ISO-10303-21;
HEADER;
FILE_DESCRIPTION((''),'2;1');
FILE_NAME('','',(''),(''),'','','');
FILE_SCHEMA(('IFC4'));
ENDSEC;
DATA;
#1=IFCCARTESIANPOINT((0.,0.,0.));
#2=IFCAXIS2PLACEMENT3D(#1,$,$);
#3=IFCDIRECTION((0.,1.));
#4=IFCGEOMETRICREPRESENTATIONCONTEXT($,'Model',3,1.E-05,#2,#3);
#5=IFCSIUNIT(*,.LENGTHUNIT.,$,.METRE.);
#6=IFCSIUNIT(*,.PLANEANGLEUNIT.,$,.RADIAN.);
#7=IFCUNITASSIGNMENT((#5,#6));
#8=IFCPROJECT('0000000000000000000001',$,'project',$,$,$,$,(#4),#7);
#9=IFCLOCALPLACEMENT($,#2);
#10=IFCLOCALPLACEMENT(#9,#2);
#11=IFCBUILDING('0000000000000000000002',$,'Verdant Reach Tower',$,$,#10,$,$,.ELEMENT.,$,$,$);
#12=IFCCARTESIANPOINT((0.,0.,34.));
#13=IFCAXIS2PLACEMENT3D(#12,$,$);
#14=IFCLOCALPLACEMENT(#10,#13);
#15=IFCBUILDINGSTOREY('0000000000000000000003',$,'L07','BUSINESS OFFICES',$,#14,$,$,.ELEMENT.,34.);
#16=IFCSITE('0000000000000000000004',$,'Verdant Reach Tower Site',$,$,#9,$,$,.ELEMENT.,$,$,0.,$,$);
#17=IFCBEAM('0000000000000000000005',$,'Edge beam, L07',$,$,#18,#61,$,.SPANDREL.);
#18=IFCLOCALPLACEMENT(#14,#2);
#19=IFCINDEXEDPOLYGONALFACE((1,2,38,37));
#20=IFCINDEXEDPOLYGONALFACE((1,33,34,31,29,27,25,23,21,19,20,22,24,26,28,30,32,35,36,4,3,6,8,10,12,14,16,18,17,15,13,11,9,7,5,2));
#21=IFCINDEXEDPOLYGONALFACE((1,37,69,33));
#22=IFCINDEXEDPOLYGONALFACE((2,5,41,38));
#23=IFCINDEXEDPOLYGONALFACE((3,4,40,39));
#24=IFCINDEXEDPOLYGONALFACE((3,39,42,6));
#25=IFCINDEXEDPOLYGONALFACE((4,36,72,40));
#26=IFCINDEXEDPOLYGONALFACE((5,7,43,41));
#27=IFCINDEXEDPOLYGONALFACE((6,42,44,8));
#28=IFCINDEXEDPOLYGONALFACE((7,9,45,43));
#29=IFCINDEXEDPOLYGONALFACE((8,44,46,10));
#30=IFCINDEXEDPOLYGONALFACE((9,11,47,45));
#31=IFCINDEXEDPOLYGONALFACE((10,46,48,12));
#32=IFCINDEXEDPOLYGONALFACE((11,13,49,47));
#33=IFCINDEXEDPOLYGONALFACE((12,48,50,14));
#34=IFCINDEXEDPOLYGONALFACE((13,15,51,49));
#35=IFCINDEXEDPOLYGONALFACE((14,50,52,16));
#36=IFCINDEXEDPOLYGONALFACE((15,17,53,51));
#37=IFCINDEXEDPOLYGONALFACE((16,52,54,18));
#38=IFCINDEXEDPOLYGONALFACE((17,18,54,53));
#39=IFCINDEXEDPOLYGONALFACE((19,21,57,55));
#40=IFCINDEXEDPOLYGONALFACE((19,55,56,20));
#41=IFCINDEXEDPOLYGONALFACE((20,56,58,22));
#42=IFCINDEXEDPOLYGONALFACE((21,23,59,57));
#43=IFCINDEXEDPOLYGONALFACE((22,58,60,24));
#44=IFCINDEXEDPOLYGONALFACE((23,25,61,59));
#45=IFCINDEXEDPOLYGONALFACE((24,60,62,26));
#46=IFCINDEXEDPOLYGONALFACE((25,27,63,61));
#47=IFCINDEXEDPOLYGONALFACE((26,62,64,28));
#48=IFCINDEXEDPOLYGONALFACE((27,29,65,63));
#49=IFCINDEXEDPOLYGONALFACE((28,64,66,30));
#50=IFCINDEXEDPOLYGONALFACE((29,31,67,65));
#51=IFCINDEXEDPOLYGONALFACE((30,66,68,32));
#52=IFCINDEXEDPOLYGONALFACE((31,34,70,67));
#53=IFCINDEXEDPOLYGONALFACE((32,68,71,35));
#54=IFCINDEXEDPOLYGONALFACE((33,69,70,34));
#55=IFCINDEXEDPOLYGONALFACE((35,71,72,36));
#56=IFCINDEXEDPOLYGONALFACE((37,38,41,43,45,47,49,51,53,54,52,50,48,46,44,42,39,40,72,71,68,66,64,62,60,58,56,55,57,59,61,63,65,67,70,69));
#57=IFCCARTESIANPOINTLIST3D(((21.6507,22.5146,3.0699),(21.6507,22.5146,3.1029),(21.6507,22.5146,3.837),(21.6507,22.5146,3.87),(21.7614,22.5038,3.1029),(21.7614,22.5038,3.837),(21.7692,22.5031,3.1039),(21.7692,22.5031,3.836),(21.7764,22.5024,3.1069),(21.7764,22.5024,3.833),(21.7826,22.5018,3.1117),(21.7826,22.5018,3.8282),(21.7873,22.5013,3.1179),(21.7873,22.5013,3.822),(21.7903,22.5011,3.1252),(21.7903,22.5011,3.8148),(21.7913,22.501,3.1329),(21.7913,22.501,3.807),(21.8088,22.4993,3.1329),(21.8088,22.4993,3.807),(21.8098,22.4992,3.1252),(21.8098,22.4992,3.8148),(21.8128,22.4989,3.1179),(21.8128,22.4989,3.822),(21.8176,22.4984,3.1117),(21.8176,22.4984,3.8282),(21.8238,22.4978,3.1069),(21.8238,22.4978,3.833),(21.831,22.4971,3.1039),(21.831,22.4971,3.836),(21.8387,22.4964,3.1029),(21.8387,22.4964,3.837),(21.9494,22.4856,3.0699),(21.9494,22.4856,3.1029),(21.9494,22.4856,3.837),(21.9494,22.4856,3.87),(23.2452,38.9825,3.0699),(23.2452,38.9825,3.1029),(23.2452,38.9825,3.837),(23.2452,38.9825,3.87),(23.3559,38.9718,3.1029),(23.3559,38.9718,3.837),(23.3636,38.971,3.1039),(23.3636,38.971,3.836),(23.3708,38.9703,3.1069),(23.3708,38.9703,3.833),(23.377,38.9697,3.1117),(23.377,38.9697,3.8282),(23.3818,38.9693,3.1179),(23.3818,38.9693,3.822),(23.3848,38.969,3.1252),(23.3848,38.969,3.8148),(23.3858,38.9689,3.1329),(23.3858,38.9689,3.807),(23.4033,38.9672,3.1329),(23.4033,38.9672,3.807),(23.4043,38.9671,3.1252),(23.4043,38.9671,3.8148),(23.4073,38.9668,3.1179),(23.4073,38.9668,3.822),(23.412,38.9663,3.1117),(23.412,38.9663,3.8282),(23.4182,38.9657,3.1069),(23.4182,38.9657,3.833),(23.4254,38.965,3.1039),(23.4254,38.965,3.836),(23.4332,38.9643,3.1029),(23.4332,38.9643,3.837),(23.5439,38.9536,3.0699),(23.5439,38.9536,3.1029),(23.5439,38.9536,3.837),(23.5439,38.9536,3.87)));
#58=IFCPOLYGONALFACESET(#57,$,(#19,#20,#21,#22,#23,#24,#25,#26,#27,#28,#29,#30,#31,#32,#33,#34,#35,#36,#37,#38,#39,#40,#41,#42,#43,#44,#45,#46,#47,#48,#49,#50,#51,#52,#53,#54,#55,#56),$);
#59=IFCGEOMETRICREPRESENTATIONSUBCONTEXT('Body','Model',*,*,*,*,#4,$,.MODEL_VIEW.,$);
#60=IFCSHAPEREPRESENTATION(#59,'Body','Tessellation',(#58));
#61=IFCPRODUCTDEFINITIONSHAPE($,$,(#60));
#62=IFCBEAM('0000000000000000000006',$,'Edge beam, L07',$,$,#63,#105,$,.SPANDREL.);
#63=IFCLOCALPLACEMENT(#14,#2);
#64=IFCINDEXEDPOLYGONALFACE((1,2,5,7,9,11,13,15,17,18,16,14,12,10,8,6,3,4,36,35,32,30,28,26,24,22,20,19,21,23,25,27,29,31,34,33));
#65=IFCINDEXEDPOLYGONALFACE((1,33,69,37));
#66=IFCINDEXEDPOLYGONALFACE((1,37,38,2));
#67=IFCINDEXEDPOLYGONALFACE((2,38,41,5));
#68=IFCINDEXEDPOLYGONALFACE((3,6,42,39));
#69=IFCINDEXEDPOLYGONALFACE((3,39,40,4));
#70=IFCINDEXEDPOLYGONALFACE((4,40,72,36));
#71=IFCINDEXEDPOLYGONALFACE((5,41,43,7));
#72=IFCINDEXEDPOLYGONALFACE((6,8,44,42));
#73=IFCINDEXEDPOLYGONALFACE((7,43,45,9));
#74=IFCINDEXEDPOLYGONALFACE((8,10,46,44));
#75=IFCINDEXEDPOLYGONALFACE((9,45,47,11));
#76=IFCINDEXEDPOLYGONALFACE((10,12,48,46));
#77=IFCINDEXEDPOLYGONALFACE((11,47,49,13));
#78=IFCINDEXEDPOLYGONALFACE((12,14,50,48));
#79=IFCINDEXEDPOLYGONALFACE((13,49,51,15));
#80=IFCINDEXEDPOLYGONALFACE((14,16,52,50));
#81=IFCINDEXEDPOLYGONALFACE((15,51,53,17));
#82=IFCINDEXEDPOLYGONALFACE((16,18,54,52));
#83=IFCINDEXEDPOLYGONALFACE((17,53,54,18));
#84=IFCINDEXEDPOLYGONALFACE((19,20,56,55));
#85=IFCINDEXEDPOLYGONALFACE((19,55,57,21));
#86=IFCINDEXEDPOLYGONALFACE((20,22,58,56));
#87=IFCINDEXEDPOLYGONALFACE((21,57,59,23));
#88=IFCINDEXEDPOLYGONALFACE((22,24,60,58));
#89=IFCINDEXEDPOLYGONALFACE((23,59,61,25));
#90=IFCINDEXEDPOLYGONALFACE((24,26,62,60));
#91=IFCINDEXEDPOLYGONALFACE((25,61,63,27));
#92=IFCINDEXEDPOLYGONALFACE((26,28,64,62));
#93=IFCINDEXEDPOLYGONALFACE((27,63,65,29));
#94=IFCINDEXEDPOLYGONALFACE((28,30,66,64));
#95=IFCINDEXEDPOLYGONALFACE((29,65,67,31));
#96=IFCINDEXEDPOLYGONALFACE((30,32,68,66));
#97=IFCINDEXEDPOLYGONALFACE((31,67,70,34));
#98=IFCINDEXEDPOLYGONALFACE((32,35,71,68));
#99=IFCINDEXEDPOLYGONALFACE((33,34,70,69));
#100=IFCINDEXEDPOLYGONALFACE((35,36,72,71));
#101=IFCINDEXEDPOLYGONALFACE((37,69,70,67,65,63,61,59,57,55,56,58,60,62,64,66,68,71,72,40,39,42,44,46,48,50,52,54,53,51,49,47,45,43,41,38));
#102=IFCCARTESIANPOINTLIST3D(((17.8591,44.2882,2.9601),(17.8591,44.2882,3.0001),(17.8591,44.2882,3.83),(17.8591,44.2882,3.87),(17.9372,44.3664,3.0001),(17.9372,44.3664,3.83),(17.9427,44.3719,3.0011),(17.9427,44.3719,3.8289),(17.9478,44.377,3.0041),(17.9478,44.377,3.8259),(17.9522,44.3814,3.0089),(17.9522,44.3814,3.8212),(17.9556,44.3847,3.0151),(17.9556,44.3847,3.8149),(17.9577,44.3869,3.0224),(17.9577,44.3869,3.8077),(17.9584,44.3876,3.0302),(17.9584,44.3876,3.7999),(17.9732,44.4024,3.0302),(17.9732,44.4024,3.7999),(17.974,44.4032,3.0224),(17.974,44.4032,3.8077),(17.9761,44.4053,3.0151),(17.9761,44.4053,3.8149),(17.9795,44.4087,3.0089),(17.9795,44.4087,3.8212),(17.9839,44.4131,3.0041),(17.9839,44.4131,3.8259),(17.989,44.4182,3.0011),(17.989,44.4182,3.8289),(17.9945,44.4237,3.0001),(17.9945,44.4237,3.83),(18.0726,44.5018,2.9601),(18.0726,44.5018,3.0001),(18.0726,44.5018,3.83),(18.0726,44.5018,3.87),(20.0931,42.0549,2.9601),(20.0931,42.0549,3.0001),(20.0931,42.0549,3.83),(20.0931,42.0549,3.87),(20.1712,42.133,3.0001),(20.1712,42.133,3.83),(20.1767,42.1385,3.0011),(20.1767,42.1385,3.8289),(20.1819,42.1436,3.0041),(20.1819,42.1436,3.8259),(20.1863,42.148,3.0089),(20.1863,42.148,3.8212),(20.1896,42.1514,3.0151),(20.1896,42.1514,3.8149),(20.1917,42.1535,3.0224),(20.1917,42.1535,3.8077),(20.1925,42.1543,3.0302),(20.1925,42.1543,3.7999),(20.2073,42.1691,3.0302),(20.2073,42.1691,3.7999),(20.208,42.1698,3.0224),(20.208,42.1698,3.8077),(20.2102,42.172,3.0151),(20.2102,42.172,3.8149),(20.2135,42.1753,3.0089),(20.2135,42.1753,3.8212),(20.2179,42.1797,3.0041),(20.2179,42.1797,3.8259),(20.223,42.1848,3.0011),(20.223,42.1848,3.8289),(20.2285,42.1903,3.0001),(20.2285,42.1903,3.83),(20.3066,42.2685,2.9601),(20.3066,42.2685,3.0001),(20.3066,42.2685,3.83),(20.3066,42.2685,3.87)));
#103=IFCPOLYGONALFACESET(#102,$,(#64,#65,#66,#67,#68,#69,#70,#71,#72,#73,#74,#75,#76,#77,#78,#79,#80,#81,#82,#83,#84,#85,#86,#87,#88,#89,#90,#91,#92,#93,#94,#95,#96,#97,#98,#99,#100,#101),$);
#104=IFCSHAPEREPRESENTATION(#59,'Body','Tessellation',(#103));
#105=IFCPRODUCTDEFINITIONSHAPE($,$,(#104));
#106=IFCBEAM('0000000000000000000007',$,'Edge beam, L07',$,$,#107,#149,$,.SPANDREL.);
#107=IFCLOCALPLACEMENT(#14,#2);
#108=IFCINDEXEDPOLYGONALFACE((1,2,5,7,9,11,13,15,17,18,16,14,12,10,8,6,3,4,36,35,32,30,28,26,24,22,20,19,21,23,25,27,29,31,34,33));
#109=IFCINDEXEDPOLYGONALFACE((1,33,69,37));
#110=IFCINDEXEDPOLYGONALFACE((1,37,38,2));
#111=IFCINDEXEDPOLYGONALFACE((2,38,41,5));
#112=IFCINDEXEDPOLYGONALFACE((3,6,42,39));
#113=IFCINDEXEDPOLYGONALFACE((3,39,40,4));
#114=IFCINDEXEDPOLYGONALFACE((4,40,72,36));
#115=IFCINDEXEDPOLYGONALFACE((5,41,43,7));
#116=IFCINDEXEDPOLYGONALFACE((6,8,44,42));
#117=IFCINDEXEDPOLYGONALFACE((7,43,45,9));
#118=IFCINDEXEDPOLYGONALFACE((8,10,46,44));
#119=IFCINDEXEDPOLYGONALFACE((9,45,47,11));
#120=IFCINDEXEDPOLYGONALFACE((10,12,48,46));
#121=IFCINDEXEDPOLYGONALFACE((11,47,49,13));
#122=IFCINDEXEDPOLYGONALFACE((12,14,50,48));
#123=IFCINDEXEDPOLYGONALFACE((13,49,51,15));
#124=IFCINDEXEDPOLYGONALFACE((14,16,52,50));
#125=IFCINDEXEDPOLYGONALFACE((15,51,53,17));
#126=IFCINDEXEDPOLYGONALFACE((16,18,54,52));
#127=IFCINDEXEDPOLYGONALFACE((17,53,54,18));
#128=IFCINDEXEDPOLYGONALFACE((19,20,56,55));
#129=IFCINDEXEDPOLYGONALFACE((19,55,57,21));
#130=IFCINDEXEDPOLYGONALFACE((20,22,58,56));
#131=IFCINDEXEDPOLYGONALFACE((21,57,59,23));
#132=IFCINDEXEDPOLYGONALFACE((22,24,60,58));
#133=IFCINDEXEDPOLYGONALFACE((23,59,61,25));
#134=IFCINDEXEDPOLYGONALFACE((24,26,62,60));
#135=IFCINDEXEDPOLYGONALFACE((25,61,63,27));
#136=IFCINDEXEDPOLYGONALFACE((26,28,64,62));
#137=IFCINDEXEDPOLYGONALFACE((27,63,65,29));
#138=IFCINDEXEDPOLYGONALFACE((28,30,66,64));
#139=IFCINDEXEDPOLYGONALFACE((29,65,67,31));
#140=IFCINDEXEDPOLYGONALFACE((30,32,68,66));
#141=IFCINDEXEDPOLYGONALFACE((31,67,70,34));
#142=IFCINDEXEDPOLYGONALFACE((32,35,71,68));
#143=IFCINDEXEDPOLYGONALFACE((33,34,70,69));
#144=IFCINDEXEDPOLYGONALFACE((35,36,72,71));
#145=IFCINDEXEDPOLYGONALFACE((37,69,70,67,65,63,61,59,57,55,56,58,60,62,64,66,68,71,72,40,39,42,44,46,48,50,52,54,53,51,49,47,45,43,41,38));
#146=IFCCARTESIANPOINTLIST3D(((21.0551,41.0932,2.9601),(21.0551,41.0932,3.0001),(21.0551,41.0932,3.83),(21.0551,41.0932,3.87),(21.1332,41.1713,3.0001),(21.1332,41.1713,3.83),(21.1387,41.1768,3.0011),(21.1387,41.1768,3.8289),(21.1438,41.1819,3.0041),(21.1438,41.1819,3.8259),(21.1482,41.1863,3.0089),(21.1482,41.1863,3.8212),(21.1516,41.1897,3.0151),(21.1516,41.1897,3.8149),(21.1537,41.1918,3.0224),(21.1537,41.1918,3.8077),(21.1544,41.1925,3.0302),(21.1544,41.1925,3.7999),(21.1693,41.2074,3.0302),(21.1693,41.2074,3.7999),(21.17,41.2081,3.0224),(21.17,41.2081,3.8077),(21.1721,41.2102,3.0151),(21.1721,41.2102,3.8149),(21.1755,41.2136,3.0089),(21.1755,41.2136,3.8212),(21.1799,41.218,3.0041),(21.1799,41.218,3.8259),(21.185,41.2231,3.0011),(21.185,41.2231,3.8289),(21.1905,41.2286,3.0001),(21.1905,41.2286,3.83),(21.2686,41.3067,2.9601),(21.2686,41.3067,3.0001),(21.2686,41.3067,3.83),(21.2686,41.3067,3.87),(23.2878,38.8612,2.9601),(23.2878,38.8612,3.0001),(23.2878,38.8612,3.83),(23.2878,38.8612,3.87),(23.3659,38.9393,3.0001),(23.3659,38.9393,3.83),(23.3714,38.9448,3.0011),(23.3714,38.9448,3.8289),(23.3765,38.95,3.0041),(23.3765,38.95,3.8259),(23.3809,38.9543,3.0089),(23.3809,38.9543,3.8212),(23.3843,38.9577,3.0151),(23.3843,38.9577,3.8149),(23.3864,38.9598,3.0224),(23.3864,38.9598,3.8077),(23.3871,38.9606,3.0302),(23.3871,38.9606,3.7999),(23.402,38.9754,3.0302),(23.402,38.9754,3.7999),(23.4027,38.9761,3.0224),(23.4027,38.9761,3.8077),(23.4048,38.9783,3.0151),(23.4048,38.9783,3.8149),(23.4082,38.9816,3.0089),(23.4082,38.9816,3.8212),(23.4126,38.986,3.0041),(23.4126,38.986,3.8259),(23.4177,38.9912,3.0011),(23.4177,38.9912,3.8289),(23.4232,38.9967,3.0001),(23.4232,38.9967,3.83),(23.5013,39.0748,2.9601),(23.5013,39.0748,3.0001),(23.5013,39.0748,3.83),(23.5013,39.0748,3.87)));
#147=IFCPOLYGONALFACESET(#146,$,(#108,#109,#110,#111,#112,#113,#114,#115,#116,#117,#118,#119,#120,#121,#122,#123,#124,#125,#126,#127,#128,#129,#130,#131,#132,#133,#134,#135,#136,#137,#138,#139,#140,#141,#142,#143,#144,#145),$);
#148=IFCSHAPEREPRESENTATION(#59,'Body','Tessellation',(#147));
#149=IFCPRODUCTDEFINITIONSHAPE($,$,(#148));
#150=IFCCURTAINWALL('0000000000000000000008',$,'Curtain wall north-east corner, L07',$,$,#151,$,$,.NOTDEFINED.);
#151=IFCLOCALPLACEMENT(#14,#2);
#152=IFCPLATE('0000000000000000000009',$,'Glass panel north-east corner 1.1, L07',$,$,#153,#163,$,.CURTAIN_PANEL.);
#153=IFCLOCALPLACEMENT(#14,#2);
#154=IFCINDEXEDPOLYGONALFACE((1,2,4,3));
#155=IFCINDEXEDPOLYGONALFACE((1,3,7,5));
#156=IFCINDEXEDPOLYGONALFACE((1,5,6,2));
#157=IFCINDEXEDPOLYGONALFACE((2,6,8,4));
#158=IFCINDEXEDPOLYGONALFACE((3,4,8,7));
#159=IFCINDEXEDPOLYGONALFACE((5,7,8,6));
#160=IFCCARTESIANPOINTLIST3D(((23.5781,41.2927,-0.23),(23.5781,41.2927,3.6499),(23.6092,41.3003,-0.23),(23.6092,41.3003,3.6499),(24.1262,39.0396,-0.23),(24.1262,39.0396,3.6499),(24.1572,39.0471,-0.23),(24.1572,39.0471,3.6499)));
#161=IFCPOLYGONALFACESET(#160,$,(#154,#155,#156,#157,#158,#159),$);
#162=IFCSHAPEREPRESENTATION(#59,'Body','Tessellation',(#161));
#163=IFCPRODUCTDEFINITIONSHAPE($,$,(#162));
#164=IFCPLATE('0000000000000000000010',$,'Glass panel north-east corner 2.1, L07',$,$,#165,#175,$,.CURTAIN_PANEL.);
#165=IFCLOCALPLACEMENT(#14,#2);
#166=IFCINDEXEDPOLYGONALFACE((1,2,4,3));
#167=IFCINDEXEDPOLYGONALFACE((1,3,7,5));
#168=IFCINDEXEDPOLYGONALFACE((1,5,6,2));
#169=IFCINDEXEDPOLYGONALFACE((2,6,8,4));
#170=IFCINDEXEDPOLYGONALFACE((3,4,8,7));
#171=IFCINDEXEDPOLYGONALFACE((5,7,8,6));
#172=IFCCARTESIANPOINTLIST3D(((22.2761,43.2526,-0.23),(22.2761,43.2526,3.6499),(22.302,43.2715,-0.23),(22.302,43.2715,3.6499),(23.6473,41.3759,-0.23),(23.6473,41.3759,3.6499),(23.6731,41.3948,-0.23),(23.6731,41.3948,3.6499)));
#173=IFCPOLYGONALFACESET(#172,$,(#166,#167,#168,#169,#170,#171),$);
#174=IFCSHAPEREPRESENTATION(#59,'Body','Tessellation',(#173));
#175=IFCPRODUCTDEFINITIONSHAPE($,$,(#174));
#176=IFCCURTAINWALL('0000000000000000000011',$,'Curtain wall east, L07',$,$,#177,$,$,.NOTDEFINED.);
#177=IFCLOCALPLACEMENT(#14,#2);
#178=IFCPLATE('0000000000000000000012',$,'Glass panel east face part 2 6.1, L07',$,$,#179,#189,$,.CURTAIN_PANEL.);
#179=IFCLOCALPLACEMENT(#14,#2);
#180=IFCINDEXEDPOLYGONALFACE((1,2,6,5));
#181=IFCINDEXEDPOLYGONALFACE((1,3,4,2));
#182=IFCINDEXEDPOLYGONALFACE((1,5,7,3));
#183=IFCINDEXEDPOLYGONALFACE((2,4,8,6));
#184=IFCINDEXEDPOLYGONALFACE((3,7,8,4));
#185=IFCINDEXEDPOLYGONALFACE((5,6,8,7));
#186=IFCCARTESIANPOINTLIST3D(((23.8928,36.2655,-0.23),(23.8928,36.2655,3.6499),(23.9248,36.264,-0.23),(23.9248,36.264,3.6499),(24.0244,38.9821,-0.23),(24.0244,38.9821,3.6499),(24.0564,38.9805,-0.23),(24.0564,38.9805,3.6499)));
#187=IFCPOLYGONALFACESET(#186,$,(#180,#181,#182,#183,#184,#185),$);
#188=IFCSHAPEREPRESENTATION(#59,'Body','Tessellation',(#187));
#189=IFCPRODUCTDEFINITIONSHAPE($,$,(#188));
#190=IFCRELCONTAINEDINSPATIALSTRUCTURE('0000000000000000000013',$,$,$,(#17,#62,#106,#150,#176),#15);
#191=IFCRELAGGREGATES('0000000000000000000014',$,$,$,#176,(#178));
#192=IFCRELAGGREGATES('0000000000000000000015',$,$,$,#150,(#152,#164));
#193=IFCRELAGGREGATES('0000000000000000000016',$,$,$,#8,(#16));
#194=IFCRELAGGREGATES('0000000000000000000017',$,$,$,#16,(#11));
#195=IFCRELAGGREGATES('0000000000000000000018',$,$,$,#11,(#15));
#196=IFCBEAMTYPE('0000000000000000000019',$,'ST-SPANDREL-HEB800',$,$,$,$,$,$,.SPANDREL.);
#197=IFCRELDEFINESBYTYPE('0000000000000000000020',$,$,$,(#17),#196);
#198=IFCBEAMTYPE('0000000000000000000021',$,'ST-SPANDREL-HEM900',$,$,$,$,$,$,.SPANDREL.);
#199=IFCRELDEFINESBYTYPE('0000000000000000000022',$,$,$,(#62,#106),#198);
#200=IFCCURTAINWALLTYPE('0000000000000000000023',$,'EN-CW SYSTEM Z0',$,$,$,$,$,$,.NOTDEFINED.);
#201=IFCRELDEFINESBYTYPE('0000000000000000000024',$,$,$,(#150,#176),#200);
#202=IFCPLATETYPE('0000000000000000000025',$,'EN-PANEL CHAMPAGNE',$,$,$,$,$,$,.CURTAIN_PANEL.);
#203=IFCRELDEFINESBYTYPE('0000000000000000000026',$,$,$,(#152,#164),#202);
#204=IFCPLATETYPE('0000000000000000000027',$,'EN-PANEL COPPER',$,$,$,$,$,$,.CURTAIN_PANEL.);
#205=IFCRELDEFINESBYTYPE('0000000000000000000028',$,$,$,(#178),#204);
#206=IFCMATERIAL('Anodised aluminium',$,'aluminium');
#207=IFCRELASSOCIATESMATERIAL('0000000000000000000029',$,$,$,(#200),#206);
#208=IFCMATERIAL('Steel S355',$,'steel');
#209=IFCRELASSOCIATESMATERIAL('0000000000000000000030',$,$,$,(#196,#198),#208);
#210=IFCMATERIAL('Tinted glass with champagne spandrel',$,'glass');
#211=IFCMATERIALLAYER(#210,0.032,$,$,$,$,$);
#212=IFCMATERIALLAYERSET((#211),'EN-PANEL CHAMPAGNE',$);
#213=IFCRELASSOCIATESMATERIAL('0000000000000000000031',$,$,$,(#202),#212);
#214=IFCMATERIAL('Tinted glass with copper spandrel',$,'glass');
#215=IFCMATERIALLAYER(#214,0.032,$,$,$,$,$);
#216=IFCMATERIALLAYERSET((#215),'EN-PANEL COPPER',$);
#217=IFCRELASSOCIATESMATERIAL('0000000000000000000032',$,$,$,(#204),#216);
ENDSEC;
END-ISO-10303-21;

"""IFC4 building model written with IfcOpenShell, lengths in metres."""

from ifc_helpers import new_model, si_unit, direction, frame, origin, origin_2d, place, context, subcontext, project, spatial, rectangle, i_section, extrude, material, layer, layer_set, material_profile, profile_set, type_object, element, aggregate, save


model = new_model("IFC4")

# Units and contexts
model_context = context("Model", 3, precision=1e-05, world=origin(), true_north=direction((0.0, 1.0)))
body_context = subcontext(model_context, "Body", "Model", "MODEL_VIEW")
ifc_project = project(units=[si_unit("LENGTHUNIT", "METRE"), si_unit("PLANEANGLEUNIT", "RADIAN")], contexts=[model_context])

# Site, building, storey
site_placement = place(None, origin())
site = spatial("IfcSite", under=ifc_project, at=site_placement, Name="Verdant Reach Tower Site", CompositionType="ELEMENT", RefElevation=0.0)
building_placement = place(site_placement, origin())
building = spatial("IfcBuilding", under=site, at=building_placement, Name="Verdant Reach Tower", CompositionType="ELEMENT")
storey_placement = place(building_placement, frame((0.0, 0.0, 34.0)))
storey = spatial("IfcBuildingStorey", under=building, at=storey_placement, Name="L07", Description="BUSINESS OFFICES", CompositionType="ELEMENT", Elevation=34.0)

# Shared definitions
ifc_material_1 = material(Name="Anodised aluminium", Category="aluminium")
curtain_wall_type = type_object("IfcCurtainWallType", Name="EN-CW SYSTEM Z0", PredefinedType="NOTDEFINED", material=ifc_material_1)

# Beams
ifc_material_2 = material(Name="Steel S355", Category="steel")
ifc_material_profile_1 = material_profile(ifc_material_2, i_section(OverallWidth=0.3, OverallDepth=0.8, WebThickness=0.0176, FlangeThickness=0.033, FilletRadius=0.03, at=origin_2d()), Name="HEB 800")
ifc_profile_set_1 = profile_set([ifc_material_profile_1], Name="Steel S355")
beam_type_1 = type_object("IfcBeamType", Name="ST-SPANDREL-HEB800", PredefinedType="SPANDREL", material=ifc_profile_set_1)
beam_1_placement = place(storey_placement, frame((23.3945, 38.968, 3.47), z_axis=(-0.096372, -0.995345, 0.0), x_axis=(0.995345, -0.096372, 0.0)))
element("IfcBeam", 1, at=beam_1_placement, inside=storey, type_object=beam_type_1, Name="Edge beam, L07", PredefinedType="SPANDREL", context=body_context, shape_type="SweptSolid", body=[
    extrude(i_section(OverallWidth=0.3, OverallDepth=0.8, WebThickness=0.0176, FlangeThickness=0.033, FilletRadius=0.03, at=origin_2d()), origin(), (0.0, 0.0, 1.0), 16.5449),
])
ifc_material_profile_2 = material_profile(ifc_material_2, i_section(OverallWidth=0.302, OverallDepth=0.9099, WebThickness=0.021, FlangeThickness=0.04, FilletRadius=0.03, at=origin_2d()), Name="HEM 900")
ifc_profile_set_2 = profile_set([ifc_material_profile_2], Name="Steel S355")
beam_type_2 = type_object("IfcBeamType", Name="ST-SPANDREL-HEM900", PredefinedType="SPANDREL", material=ifc_profile_set_2)
beam_2_placement = place(storey_placement, frame((17.9658, 44.395, 3.415), z_axis=(0.707223, -0.706991, 0.0), x_axis=(0.706991, 0.707223, 0.0)))
element("IfcBeam", 2, at=beam_2_placement, inside=storey, type_object=beam_type_2, Name="Edge beam, L07", PredefinedType="SPANDREL", context=body_context, shape_type="SweptSolid", body=[
    extrude(i_section(OverallWidth=0.302, OverallDepth=0.9099, WebThickness=0.021, FlangeThickness=0.04, FilletRadius=0.03, at=origin_2d()), origin(), (0.0, 0.0, 1.0), 3.1589),
])
beam_3_placement = place(storey_placement, frame((21.1619, 41.2, 3.415), z_axis=(0.707223, -0.706991, 0.0), x_axis=(0.706991, 0.707223, 0.0)))
element("IfcBeam", 3, at=beam_3_placement, inside=storey, type_object=beam_type_2, Name="Edge beam, L07", PredefinedType="SPANDREL", context=body_context, shape_type="SweptSolid", body=[
    extrude(i_section(OverallWidth=0.302, OverallDepth=0.9099, WebThickness=0.021, FlangeThickness=0.04, FilletRadius=0.03, at=origin_2d()), origin(), (0.0, 0.0, 1.0), 3.157),
])

# Curtain wall, plates
curtain_wall_1_placement = place(storey_placement, origin())
curtain_wall_1 = element("IfcCurtainWall", 4, at=curtain_wall_1_placement, inside=storey, type_object=curtain_wall_type, Name="Curtain wall north-east corner, L07", PredefinedType="NOTDEFINED")
ifc_material_3 = material(Name="Tinted glass with champagne spandrel", Category="glass")
ifc_layer_1 = layer(ifc_material_3, 0.032)
ifc_layer_set_1 = layer_set([ifc_layer_1], Name="EN-PANEL CHAMPAGNE")
plate_type_1 = type_object("IfcPlateType", Name="EN-PANEL CHAMPAGNE", PredefinedType="CURTAIN_PANEL", material=ifc_layer_set_1)
plate_1_placement = place(storey_placement, frame((23.8677, 40.1699, -0.23), z_axis=(0.0, 0.0, 1.0), x_axis=(-0.236347, 0.971669, 0.0)))
plate_1 = element("IfcPlate", 5, at=plate_1_placement, type_object=plate_type_1, Name="Glass panel north-east corner 1.1, L07", PredefinedType="CURTAIN_PANEL", context=body_context, shape_type="SweptSolid", body=[
    extrude(rectangle(XDim=2.3188, YDim=0.032, at=origin_2d()), origin(), (0.0, 0.0, 1.0), 3.8799),
])
plate_2_placement = place(storey_placement, frame((22.9746, 42.3237, -0.23), z_axis=(0.0, 0.0, 1.0), x_axis=(-0.589927, 0.807457, 0.0)))
plate_2 = element("IfcPlate", 6, at=plate_2_placement, type_object=plate_type_1, Name="Glass panel north-east corner 2.1, L07", PredefinedType="CURTAIN_PANEL", context=body_context, shape_type="SweptSolid", body=[
    extrude(rectangle(XDim=2.3242, YDim=0.032, at=origin_2d()), origin(), (0.0, 0.0, 1.0), 3.8799),
])

# Curtain wall, plate
curtain_wall_2_placement = place(storey_placement, origin())
curtain_wall_2 = element("IfcCurtainWall", 7, at=curtain_wall_2_placement, inside=storey, type_object=curtain_wall_type, Name="Curtain wall east, L07", PredefinedType="NOTDEFINED")
ifc_material_4 = material(Name="Tinted glass with copper spandrel", Category="glass")
ifc_layer_2 = layer(ifc_material_4, 0.032)
ifc_layer_set_2 = layer_set([ifc_layer_2], Name="EN-PANEL COPPER")
plate_type_2 = type_object("IfcPlateType", Name="EN-PANEL COPPER", PredefinedType="CURTAIN_PANEL", material=ifc_layer_set_2)
plate_3_placement = place(storey_placement, frame((23.9746, 37.623, -0.23), z_axis=(0.0, 0.0, 1.0), x_axis=(0.048383, 0.998829, 0.0)))
plate_3 = element("IfcPlate", 8, at=plate_3_placement, type_object=plate_type_2, Name="Glass panel east face part 2 6.1, L07", PredefinedType="CURTAIN_PANEL", context=body_context, shape_type="SweptSolid", body=[
    extrude(rectangle(XDim=2.7197, YDim=0.032, at=origin_2d()), origin(), (0.0, 0.0, 1.0), 3.8799),
])
aggregate(curtain_wall_2, [plate_3])

aggregate(curtain_wall_1, [plate_1, plate_2])

save(model, "model.ifc")
